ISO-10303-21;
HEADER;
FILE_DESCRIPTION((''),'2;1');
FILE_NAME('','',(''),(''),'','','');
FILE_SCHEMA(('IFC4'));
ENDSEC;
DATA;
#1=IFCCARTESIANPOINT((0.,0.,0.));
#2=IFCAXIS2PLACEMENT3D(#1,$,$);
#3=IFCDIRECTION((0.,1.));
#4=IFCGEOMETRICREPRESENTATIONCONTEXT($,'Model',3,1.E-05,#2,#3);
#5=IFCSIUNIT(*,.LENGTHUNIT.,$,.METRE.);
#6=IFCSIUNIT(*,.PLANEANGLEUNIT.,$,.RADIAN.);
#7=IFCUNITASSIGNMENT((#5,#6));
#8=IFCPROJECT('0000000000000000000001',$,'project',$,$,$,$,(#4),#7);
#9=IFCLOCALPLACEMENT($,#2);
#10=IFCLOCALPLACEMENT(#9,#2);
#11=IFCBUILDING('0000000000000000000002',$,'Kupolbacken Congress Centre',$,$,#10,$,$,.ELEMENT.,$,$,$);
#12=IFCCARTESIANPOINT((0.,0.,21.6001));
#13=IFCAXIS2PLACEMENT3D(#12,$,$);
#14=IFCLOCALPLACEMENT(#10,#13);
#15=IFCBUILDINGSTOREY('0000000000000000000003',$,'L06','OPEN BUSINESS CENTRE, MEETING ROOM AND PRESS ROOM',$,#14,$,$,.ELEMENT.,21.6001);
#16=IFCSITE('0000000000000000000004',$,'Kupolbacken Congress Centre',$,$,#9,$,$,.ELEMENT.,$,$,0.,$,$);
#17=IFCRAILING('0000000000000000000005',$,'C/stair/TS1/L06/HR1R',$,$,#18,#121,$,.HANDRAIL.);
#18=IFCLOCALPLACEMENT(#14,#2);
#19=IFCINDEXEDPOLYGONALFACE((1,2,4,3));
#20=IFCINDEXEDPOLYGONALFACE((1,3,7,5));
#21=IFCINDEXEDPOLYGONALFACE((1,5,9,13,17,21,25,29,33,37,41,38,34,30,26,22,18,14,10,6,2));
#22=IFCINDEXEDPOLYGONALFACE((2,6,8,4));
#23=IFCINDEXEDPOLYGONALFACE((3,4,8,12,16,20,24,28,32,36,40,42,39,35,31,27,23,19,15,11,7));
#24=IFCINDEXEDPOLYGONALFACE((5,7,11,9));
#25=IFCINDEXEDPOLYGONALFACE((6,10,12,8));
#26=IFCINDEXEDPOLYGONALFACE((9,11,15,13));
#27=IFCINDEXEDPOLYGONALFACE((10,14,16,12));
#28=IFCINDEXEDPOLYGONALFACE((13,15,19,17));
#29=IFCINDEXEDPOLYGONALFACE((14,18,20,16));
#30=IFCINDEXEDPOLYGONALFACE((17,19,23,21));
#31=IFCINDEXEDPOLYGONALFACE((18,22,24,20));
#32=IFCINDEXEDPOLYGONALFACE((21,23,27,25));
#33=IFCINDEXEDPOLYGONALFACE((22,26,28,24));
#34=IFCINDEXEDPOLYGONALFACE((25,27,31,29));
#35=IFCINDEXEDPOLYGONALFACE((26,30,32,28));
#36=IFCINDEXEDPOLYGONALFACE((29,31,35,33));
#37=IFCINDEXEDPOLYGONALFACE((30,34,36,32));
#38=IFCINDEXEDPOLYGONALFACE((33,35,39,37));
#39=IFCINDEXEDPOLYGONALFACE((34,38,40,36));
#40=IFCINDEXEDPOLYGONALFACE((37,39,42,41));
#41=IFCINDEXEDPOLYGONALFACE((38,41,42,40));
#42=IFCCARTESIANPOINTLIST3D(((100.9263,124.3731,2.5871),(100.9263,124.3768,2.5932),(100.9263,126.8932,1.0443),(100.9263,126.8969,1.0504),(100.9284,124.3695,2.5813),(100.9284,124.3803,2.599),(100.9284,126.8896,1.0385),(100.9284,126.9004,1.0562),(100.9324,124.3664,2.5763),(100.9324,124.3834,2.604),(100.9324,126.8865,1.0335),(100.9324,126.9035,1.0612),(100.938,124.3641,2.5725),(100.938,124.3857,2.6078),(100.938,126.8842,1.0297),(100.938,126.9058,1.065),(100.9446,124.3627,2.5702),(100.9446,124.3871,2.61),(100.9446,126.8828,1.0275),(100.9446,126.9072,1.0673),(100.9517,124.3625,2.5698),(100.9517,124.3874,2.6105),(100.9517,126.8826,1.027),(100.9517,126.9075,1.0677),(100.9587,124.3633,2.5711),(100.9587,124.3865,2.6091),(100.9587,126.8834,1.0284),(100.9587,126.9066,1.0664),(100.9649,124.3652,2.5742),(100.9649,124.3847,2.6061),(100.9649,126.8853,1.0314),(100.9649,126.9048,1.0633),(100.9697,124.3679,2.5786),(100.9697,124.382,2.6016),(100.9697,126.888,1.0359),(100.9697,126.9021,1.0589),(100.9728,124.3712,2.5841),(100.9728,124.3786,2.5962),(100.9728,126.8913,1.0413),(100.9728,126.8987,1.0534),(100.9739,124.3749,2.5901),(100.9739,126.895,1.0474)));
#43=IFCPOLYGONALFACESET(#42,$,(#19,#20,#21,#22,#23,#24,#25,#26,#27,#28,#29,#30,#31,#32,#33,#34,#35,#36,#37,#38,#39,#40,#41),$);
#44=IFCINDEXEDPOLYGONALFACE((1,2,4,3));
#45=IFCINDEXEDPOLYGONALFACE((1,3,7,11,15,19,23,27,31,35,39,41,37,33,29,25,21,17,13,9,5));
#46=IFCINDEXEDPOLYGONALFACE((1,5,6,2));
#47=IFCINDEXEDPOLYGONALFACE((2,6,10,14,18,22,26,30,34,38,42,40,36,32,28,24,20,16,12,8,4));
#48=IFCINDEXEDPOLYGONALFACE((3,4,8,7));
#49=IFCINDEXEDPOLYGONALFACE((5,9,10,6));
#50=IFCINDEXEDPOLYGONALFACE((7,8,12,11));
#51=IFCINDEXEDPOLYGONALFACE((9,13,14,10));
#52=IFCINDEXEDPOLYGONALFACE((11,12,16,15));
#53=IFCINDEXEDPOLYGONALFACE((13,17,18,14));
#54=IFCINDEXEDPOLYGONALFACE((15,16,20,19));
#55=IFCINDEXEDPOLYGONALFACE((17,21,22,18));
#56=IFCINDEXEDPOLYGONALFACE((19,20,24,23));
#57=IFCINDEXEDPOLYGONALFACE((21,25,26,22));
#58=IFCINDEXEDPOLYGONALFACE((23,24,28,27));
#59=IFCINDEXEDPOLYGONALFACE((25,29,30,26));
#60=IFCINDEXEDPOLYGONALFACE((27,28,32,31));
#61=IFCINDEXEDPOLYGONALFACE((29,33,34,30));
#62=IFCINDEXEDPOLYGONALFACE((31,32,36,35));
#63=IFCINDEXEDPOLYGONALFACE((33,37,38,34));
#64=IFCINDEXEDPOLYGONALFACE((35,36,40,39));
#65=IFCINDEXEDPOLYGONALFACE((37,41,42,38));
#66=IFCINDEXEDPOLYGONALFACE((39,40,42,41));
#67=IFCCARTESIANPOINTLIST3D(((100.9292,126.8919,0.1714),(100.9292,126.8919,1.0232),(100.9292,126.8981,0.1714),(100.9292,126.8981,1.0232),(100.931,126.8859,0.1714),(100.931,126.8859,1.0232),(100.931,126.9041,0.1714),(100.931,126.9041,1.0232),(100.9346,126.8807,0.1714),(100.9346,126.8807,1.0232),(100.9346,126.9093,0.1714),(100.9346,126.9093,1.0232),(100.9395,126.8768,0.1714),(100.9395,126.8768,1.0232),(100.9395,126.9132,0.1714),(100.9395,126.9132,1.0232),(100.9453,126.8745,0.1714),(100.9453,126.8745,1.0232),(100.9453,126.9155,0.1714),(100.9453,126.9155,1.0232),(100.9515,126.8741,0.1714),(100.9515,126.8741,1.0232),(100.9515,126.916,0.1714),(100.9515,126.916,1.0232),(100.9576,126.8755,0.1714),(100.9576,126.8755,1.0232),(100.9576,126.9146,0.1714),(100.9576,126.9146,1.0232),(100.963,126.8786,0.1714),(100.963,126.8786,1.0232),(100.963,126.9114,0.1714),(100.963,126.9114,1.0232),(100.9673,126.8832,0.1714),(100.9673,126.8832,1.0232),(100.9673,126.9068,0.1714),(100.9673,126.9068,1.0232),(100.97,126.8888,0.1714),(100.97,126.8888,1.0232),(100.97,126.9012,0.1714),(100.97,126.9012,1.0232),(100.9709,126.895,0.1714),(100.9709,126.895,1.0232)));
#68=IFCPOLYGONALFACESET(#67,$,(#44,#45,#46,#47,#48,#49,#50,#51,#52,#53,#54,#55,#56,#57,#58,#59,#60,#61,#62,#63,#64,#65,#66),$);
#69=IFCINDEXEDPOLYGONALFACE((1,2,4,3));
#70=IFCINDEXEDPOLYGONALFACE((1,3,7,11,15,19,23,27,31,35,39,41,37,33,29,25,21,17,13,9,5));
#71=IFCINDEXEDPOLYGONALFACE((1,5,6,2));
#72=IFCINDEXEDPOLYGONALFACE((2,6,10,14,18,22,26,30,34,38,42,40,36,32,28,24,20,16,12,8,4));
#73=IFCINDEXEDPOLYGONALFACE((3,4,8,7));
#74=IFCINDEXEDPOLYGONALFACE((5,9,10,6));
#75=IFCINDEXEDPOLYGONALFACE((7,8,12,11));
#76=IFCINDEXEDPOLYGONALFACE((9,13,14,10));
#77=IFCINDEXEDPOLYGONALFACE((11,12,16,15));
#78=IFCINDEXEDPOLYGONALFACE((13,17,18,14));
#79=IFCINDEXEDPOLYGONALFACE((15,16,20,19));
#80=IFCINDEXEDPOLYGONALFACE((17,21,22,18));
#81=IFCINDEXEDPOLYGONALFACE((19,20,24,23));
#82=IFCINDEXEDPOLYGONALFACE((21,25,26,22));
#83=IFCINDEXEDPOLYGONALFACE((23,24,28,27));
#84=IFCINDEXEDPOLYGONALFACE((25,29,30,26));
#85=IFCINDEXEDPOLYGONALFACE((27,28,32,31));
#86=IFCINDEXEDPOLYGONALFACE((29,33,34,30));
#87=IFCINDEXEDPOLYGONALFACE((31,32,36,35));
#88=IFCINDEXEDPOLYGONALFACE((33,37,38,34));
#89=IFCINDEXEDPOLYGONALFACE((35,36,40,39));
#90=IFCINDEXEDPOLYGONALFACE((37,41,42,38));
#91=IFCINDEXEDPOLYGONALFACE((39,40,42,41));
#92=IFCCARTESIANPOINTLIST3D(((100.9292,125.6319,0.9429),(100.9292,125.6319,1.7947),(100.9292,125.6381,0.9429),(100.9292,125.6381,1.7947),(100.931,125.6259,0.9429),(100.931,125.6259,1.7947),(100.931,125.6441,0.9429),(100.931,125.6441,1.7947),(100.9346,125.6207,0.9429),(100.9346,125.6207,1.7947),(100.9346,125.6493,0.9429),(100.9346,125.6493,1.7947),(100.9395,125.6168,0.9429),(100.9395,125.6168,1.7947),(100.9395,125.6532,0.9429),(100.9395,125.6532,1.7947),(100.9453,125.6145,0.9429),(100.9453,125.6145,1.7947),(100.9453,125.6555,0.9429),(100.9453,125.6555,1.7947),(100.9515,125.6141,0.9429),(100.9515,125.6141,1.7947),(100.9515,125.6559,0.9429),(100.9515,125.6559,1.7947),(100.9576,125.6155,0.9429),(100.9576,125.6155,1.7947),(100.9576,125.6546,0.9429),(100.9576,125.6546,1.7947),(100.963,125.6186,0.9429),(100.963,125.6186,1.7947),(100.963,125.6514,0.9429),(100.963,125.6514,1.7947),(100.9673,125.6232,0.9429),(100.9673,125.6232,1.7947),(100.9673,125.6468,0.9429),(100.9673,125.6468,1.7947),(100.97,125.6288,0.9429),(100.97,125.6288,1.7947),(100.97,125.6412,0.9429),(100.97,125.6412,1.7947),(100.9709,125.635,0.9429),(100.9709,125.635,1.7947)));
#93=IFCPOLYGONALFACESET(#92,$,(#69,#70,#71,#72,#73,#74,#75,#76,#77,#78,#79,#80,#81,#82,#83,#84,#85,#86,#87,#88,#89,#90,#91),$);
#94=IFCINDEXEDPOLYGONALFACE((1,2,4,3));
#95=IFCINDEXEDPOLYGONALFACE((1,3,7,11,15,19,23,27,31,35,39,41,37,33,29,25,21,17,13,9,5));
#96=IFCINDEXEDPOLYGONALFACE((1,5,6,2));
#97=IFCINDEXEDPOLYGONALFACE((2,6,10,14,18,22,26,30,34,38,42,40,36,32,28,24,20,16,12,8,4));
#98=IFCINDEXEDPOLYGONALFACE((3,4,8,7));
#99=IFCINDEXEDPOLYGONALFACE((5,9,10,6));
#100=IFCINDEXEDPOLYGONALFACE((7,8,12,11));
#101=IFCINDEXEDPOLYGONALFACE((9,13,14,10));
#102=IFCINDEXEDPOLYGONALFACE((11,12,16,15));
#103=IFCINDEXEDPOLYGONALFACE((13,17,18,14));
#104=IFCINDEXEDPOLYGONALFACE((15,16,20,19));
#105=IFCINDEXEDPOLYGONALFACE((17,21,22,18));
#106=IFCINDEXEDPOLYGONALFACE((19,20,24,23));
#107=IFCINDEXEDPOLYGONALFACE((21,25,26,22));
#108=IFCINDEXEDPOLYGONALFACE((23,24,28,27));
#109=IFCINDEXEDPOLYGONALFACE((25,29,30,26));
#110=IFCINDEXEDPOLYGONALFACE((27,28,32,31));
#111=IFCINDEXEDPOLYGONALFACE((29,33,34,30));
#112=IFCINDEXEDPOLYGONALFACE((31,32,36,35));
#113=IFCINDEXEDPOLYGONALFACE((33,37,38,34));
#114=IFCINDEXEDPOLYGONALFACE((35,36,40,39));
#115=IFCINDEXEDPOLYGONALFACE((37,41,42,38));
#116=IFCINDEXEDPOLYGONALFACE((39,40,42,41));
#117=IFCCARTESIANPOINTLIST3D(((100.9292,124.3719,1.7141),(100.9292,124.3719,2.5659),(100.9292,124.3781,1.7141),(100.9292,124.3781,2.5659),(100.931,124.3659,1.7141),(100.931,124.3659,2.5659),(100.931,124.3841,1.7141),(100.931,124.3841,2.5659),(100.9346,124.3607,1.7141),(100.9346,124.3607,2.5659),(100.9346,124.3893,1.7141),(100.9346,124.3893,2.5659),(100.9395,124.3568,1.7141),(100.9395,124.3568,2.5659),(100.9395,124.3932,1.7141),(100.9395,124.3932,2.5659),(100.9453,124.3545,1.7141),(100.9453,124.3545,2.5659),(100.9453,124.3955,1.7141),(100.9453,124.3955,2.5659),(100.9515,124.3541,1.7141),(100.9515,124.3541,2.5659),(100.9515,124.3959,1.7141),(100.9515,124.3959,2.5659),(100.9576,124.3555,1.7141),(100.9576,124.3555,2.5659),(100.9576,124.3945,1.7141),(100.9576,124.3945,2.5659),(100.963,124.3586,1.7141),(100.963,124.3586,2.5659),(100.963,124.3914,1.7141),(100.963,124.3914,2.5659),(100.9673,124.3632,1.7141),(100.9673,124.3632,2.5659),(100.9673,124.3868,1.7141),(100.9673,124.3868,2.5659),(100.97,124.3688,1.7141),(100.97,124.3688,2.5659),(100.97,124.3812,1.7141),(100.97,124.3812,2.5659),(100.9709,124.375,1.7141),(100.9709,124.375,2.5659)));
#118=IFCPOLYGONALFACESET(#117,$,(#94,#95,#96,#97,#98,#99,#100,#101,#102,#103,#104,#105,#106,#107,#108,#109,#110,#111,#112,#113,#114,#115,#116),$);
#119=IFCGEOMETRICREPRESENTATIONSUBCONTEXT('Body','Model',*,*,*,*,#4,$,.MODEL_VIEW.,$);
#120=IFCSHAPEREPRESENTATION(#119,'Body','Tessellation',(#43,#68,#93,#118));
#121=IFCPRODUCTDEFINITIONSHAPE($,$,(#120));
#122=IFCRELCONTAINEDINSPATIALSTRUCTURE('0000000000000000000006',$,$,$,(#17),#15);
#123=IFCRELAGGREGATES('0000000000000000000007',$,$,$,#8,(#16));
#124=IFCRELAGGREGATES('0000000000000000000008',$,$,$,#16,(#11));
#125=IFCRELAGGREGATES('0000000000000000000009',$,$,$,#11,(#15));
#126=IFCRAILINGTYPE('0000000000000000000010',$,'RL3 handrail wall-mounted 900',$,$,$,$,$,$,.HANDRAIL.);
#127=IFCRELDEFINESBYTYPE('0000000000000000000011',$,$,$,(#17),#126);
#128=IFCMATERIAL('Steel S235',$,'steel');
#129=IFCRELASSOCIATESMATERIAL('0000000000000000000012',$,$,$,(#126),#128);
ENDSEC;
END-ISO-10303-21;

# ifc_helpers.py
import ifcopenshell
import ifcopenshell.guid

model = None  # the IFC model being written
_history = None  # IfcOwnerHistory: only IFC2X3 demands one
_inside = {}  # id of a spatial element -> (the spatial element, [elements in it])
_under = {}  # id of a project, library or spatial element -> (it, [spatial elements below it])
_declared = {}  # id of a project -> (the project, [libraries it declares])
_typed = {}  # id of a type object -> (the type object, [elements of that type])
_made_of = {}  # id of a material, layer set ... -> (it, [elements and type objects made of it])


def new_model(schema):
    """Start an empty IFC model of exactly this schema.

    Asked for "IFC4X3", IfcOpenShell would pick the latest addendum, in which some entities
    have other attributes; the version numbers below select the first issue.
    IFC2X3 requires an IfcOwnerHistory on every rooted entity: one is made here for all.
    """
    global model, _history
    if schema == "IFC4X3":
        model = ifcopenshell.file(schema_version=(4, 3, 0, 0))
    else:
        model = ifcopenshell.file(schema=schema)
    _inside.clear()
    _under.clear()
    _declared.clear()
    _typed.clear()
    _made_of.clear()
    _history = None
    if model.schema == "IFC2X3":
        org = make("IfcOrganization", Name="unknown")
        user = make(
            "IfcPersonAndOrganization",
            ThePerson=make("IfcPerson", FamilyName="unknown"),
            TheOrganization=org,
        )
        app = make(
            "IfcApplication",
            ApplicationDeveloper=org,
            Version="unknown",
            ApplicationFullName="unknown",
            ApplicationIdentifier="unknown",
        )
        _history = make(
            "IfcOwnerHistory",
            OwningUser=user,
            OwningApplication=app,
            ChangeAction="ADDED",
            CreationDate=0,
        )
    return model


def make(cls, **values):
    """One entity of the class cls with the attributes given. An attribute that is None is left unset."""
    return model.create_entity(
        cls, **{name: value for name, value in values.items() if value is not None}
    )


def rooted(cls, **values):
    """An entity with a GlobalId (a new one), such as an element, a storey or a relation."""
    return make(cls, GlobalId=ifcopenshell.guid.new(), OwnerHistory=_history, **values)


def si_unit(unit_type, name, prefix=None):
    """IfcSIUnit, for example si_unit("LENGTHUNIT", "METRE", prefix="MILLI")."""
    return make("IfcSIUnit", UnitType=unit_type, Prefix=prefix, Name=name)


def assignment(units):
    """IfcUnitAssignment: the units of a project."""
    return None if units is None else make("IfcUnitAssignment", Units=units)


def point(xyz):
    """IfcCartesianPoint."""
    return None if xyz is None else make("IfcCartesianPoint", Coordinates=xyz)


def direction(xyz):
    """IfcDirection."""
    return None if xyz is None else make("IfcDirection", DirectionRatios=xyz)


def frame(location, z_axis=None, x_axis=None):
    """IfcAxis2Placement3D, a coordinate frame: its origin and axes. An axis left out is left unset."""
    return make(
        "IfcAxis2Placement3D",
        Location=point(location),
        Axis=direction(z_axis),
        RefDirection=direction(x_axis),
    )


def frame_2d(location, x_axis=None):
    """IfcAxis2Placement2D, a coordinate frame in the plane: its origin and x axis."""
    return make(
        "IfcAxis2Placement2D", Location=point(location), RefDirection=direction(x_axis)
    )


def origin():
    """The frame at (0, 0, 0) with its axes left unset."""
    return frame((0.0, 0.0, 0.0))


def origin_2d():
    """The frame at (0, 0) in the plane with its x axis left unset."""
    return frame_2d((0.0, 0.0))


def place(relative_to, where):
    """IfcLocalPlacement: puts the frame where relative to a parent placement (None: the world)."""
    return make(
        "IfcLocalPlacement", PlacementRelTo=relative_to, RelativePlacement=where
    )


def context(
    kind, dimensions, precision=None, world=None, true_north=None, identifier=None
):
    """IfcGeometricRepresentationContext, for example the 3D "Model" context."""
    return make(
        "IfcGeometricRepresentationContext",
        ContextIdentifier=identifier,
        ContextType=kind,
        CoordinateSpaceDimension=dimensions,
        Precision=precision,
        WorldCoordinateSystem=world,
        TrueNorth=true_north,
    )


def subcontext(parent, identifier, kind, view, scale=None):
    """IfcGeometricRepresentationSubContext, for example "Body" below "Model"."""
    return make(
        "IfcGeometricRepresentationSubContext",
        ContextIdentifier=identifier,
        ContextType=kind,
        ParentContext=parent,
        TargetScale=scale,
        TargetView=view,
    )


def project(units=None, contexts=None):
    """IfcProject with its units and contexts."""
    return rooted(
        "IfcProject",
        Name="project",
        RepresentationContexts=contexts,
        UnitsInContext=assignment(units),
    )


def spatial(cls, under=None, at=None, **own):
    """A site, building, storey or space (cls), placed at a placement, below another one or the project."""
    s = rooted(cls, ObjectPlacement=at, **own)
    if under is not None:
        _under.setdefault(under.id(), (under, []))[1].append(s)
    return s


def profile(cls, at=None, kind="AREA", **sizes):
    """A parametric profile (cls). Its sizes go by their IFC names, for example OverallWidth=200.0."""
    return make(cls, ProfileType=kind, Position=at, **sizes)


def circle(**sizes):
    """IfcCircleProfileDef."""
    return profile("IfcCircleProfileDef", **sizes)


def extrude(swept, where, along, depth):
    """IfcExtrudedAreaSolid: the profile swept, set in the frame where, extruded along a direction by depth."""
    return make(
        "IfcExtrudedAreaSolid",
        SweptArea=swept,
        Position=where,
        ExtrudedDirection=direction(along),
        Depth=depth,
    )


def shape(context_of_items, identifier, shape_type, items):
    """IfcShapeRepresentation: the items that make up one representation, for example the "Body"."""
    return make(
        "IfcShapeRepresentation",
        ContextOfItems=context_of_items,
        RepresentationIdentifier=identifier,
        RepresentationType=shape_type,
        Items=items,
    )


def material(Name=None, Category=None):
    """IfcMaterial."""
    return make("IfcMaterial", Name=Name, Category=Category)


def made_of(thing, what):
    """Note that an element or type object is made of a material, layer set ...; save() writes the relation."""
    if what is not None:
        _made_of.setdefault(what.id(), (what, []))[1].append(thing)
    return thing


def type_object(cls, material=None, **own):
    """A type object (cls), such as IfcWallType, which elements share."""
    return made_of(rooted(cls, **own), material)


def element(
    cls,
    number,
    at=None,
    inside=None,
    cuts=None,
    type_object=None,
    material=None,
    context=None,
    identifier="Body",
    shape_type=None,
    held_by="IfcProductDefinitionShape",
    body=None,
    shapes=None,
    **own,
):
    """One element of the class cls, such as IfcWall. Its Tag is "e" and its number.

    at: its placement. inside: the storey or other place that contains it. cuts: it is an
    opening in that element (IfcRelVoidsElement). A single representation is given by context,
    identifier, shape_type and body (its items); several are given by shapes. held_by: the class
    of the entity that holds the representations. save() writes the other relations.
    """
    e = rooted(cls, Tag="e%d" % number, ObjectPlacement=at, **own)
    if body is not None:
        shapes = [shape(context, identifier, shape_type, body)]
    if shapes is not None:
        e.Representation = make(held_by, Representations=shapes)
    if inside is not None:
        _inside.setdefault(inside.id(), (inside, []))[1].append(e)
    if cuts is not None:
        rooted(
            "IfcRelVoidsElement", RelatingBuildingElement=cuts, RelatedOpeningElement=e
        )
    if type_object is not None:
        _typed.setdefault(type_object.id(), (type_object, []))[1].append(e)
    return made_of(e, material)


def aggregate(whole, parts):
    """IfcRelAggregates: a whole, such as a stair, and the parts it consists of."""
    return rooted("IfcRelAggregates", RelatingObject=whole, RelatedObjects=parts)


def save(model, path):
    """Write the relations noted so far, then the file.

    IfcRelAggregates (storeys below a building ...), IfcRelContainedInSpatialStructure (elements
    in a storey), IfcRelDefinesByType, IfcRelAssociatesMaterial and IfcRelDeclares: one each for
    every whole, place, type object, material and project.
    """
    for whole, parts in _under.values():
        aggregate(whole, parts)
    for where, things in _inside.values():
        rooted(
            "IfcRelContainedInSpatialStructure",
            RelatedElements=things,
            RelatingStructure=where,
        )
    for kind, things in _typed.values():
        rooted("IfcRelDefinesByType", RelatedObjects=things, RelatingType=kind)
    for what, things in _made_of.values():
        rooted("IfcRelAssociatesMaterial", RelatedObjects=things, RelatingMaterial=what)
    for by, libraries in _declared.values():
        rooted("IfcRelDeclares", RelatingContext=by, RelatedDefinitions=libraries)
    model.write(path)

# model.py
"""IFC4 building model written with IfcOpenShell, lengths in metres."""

from ifc_helpers import new_model, si_unit, direction, frame, origin, origin_2d, place, context, subcontext, project, spatial, circle, extrude, material, type_object, element, save


model = new_model("IFC4")

# Units and contexts
model_context = context("Model", 3, precision=1e-05, world=origin(), true_north=direction((0.0, 1.0)))
body_context = subcontext(model_context, "Body", "Model", "MODEL_VIEW")
ifc_project = project(units=[si_unit("LENGTHUNIT", "METRE"), si_unit("PLANEANGLEUNIT", "RADIAN")], contexts=[model_context])

# Site, building, storey
site_placement = place(None, origin())
site = spatial("IfcSite", under=ifc_project, at=site_placement, Name="Kupolbacken Congress Centre", CompositionType="ELEMENT", RefElevation=0.0)
building_placement = place(site_placement, origin())
building = spatial("IfcBuilding", under=site, at=building_placement, Name="Kupolbacken Congress Centre", CompositionType="ELEMENT")
storey_placement = place(building_placement, frame((0.0, 0.0, 21.6001)))
storey = spatial("IfcBuildingStorey", under=building, at=storey_placement, Name="L06", Description="OPEN BUSINESS CENTRE, MEETING ROOM AND PRESS ROOM", CompositionType="ELEMENT", Elevation=21.6001)

# Railing
ifc_material_1 = material(Name="Steel S235", Category="steel")
railing_type = type_object("IfcRailingType", Name="RL3 handrail wall-mounted 900", PredefinedType="HANDRAIL", material=ifc_material_1)
for number, where, name in (
    (1, (100.95, 126.895, 0.1714), "C/stair/TS1/L06/HR1R"),
):
    element("IfcRailing", number, at=place(storey_placement, frame(where)), inside=storey, type_object=railing_type, Name=name, PredefinedType="HANDRAIL", context=body_context, shape_type="SweptSolid", body=[
        extrude(circle(Radius=0.0239, at=origin_2d()), frame((0.0, 0.0, 0.876), z_axis=(0.0, -0.852873, 0.522118), x_axis=(1.0, 0.0, 0.0)), (0.0, 0.0, 1.0), 2.9548),
        extrude(circle(Radius=0.021, at=origin_2d()), origin(), (0.0, 0.0, 1.0), 0.8518),
        extrude(circle(Radius=0.021, at=origin_2d()), frame((0.0, -1.26, 0.7715)), (0.0, 0.0, 1.0), 0.8518),
        extrude(circle(Radius=0.021, at=origin_2d()), frame((0.0, -2.52, 1.5427)), (0.0, 0.0, 1.0), 0.8518),
    ])

save(model, "model.ifc")
